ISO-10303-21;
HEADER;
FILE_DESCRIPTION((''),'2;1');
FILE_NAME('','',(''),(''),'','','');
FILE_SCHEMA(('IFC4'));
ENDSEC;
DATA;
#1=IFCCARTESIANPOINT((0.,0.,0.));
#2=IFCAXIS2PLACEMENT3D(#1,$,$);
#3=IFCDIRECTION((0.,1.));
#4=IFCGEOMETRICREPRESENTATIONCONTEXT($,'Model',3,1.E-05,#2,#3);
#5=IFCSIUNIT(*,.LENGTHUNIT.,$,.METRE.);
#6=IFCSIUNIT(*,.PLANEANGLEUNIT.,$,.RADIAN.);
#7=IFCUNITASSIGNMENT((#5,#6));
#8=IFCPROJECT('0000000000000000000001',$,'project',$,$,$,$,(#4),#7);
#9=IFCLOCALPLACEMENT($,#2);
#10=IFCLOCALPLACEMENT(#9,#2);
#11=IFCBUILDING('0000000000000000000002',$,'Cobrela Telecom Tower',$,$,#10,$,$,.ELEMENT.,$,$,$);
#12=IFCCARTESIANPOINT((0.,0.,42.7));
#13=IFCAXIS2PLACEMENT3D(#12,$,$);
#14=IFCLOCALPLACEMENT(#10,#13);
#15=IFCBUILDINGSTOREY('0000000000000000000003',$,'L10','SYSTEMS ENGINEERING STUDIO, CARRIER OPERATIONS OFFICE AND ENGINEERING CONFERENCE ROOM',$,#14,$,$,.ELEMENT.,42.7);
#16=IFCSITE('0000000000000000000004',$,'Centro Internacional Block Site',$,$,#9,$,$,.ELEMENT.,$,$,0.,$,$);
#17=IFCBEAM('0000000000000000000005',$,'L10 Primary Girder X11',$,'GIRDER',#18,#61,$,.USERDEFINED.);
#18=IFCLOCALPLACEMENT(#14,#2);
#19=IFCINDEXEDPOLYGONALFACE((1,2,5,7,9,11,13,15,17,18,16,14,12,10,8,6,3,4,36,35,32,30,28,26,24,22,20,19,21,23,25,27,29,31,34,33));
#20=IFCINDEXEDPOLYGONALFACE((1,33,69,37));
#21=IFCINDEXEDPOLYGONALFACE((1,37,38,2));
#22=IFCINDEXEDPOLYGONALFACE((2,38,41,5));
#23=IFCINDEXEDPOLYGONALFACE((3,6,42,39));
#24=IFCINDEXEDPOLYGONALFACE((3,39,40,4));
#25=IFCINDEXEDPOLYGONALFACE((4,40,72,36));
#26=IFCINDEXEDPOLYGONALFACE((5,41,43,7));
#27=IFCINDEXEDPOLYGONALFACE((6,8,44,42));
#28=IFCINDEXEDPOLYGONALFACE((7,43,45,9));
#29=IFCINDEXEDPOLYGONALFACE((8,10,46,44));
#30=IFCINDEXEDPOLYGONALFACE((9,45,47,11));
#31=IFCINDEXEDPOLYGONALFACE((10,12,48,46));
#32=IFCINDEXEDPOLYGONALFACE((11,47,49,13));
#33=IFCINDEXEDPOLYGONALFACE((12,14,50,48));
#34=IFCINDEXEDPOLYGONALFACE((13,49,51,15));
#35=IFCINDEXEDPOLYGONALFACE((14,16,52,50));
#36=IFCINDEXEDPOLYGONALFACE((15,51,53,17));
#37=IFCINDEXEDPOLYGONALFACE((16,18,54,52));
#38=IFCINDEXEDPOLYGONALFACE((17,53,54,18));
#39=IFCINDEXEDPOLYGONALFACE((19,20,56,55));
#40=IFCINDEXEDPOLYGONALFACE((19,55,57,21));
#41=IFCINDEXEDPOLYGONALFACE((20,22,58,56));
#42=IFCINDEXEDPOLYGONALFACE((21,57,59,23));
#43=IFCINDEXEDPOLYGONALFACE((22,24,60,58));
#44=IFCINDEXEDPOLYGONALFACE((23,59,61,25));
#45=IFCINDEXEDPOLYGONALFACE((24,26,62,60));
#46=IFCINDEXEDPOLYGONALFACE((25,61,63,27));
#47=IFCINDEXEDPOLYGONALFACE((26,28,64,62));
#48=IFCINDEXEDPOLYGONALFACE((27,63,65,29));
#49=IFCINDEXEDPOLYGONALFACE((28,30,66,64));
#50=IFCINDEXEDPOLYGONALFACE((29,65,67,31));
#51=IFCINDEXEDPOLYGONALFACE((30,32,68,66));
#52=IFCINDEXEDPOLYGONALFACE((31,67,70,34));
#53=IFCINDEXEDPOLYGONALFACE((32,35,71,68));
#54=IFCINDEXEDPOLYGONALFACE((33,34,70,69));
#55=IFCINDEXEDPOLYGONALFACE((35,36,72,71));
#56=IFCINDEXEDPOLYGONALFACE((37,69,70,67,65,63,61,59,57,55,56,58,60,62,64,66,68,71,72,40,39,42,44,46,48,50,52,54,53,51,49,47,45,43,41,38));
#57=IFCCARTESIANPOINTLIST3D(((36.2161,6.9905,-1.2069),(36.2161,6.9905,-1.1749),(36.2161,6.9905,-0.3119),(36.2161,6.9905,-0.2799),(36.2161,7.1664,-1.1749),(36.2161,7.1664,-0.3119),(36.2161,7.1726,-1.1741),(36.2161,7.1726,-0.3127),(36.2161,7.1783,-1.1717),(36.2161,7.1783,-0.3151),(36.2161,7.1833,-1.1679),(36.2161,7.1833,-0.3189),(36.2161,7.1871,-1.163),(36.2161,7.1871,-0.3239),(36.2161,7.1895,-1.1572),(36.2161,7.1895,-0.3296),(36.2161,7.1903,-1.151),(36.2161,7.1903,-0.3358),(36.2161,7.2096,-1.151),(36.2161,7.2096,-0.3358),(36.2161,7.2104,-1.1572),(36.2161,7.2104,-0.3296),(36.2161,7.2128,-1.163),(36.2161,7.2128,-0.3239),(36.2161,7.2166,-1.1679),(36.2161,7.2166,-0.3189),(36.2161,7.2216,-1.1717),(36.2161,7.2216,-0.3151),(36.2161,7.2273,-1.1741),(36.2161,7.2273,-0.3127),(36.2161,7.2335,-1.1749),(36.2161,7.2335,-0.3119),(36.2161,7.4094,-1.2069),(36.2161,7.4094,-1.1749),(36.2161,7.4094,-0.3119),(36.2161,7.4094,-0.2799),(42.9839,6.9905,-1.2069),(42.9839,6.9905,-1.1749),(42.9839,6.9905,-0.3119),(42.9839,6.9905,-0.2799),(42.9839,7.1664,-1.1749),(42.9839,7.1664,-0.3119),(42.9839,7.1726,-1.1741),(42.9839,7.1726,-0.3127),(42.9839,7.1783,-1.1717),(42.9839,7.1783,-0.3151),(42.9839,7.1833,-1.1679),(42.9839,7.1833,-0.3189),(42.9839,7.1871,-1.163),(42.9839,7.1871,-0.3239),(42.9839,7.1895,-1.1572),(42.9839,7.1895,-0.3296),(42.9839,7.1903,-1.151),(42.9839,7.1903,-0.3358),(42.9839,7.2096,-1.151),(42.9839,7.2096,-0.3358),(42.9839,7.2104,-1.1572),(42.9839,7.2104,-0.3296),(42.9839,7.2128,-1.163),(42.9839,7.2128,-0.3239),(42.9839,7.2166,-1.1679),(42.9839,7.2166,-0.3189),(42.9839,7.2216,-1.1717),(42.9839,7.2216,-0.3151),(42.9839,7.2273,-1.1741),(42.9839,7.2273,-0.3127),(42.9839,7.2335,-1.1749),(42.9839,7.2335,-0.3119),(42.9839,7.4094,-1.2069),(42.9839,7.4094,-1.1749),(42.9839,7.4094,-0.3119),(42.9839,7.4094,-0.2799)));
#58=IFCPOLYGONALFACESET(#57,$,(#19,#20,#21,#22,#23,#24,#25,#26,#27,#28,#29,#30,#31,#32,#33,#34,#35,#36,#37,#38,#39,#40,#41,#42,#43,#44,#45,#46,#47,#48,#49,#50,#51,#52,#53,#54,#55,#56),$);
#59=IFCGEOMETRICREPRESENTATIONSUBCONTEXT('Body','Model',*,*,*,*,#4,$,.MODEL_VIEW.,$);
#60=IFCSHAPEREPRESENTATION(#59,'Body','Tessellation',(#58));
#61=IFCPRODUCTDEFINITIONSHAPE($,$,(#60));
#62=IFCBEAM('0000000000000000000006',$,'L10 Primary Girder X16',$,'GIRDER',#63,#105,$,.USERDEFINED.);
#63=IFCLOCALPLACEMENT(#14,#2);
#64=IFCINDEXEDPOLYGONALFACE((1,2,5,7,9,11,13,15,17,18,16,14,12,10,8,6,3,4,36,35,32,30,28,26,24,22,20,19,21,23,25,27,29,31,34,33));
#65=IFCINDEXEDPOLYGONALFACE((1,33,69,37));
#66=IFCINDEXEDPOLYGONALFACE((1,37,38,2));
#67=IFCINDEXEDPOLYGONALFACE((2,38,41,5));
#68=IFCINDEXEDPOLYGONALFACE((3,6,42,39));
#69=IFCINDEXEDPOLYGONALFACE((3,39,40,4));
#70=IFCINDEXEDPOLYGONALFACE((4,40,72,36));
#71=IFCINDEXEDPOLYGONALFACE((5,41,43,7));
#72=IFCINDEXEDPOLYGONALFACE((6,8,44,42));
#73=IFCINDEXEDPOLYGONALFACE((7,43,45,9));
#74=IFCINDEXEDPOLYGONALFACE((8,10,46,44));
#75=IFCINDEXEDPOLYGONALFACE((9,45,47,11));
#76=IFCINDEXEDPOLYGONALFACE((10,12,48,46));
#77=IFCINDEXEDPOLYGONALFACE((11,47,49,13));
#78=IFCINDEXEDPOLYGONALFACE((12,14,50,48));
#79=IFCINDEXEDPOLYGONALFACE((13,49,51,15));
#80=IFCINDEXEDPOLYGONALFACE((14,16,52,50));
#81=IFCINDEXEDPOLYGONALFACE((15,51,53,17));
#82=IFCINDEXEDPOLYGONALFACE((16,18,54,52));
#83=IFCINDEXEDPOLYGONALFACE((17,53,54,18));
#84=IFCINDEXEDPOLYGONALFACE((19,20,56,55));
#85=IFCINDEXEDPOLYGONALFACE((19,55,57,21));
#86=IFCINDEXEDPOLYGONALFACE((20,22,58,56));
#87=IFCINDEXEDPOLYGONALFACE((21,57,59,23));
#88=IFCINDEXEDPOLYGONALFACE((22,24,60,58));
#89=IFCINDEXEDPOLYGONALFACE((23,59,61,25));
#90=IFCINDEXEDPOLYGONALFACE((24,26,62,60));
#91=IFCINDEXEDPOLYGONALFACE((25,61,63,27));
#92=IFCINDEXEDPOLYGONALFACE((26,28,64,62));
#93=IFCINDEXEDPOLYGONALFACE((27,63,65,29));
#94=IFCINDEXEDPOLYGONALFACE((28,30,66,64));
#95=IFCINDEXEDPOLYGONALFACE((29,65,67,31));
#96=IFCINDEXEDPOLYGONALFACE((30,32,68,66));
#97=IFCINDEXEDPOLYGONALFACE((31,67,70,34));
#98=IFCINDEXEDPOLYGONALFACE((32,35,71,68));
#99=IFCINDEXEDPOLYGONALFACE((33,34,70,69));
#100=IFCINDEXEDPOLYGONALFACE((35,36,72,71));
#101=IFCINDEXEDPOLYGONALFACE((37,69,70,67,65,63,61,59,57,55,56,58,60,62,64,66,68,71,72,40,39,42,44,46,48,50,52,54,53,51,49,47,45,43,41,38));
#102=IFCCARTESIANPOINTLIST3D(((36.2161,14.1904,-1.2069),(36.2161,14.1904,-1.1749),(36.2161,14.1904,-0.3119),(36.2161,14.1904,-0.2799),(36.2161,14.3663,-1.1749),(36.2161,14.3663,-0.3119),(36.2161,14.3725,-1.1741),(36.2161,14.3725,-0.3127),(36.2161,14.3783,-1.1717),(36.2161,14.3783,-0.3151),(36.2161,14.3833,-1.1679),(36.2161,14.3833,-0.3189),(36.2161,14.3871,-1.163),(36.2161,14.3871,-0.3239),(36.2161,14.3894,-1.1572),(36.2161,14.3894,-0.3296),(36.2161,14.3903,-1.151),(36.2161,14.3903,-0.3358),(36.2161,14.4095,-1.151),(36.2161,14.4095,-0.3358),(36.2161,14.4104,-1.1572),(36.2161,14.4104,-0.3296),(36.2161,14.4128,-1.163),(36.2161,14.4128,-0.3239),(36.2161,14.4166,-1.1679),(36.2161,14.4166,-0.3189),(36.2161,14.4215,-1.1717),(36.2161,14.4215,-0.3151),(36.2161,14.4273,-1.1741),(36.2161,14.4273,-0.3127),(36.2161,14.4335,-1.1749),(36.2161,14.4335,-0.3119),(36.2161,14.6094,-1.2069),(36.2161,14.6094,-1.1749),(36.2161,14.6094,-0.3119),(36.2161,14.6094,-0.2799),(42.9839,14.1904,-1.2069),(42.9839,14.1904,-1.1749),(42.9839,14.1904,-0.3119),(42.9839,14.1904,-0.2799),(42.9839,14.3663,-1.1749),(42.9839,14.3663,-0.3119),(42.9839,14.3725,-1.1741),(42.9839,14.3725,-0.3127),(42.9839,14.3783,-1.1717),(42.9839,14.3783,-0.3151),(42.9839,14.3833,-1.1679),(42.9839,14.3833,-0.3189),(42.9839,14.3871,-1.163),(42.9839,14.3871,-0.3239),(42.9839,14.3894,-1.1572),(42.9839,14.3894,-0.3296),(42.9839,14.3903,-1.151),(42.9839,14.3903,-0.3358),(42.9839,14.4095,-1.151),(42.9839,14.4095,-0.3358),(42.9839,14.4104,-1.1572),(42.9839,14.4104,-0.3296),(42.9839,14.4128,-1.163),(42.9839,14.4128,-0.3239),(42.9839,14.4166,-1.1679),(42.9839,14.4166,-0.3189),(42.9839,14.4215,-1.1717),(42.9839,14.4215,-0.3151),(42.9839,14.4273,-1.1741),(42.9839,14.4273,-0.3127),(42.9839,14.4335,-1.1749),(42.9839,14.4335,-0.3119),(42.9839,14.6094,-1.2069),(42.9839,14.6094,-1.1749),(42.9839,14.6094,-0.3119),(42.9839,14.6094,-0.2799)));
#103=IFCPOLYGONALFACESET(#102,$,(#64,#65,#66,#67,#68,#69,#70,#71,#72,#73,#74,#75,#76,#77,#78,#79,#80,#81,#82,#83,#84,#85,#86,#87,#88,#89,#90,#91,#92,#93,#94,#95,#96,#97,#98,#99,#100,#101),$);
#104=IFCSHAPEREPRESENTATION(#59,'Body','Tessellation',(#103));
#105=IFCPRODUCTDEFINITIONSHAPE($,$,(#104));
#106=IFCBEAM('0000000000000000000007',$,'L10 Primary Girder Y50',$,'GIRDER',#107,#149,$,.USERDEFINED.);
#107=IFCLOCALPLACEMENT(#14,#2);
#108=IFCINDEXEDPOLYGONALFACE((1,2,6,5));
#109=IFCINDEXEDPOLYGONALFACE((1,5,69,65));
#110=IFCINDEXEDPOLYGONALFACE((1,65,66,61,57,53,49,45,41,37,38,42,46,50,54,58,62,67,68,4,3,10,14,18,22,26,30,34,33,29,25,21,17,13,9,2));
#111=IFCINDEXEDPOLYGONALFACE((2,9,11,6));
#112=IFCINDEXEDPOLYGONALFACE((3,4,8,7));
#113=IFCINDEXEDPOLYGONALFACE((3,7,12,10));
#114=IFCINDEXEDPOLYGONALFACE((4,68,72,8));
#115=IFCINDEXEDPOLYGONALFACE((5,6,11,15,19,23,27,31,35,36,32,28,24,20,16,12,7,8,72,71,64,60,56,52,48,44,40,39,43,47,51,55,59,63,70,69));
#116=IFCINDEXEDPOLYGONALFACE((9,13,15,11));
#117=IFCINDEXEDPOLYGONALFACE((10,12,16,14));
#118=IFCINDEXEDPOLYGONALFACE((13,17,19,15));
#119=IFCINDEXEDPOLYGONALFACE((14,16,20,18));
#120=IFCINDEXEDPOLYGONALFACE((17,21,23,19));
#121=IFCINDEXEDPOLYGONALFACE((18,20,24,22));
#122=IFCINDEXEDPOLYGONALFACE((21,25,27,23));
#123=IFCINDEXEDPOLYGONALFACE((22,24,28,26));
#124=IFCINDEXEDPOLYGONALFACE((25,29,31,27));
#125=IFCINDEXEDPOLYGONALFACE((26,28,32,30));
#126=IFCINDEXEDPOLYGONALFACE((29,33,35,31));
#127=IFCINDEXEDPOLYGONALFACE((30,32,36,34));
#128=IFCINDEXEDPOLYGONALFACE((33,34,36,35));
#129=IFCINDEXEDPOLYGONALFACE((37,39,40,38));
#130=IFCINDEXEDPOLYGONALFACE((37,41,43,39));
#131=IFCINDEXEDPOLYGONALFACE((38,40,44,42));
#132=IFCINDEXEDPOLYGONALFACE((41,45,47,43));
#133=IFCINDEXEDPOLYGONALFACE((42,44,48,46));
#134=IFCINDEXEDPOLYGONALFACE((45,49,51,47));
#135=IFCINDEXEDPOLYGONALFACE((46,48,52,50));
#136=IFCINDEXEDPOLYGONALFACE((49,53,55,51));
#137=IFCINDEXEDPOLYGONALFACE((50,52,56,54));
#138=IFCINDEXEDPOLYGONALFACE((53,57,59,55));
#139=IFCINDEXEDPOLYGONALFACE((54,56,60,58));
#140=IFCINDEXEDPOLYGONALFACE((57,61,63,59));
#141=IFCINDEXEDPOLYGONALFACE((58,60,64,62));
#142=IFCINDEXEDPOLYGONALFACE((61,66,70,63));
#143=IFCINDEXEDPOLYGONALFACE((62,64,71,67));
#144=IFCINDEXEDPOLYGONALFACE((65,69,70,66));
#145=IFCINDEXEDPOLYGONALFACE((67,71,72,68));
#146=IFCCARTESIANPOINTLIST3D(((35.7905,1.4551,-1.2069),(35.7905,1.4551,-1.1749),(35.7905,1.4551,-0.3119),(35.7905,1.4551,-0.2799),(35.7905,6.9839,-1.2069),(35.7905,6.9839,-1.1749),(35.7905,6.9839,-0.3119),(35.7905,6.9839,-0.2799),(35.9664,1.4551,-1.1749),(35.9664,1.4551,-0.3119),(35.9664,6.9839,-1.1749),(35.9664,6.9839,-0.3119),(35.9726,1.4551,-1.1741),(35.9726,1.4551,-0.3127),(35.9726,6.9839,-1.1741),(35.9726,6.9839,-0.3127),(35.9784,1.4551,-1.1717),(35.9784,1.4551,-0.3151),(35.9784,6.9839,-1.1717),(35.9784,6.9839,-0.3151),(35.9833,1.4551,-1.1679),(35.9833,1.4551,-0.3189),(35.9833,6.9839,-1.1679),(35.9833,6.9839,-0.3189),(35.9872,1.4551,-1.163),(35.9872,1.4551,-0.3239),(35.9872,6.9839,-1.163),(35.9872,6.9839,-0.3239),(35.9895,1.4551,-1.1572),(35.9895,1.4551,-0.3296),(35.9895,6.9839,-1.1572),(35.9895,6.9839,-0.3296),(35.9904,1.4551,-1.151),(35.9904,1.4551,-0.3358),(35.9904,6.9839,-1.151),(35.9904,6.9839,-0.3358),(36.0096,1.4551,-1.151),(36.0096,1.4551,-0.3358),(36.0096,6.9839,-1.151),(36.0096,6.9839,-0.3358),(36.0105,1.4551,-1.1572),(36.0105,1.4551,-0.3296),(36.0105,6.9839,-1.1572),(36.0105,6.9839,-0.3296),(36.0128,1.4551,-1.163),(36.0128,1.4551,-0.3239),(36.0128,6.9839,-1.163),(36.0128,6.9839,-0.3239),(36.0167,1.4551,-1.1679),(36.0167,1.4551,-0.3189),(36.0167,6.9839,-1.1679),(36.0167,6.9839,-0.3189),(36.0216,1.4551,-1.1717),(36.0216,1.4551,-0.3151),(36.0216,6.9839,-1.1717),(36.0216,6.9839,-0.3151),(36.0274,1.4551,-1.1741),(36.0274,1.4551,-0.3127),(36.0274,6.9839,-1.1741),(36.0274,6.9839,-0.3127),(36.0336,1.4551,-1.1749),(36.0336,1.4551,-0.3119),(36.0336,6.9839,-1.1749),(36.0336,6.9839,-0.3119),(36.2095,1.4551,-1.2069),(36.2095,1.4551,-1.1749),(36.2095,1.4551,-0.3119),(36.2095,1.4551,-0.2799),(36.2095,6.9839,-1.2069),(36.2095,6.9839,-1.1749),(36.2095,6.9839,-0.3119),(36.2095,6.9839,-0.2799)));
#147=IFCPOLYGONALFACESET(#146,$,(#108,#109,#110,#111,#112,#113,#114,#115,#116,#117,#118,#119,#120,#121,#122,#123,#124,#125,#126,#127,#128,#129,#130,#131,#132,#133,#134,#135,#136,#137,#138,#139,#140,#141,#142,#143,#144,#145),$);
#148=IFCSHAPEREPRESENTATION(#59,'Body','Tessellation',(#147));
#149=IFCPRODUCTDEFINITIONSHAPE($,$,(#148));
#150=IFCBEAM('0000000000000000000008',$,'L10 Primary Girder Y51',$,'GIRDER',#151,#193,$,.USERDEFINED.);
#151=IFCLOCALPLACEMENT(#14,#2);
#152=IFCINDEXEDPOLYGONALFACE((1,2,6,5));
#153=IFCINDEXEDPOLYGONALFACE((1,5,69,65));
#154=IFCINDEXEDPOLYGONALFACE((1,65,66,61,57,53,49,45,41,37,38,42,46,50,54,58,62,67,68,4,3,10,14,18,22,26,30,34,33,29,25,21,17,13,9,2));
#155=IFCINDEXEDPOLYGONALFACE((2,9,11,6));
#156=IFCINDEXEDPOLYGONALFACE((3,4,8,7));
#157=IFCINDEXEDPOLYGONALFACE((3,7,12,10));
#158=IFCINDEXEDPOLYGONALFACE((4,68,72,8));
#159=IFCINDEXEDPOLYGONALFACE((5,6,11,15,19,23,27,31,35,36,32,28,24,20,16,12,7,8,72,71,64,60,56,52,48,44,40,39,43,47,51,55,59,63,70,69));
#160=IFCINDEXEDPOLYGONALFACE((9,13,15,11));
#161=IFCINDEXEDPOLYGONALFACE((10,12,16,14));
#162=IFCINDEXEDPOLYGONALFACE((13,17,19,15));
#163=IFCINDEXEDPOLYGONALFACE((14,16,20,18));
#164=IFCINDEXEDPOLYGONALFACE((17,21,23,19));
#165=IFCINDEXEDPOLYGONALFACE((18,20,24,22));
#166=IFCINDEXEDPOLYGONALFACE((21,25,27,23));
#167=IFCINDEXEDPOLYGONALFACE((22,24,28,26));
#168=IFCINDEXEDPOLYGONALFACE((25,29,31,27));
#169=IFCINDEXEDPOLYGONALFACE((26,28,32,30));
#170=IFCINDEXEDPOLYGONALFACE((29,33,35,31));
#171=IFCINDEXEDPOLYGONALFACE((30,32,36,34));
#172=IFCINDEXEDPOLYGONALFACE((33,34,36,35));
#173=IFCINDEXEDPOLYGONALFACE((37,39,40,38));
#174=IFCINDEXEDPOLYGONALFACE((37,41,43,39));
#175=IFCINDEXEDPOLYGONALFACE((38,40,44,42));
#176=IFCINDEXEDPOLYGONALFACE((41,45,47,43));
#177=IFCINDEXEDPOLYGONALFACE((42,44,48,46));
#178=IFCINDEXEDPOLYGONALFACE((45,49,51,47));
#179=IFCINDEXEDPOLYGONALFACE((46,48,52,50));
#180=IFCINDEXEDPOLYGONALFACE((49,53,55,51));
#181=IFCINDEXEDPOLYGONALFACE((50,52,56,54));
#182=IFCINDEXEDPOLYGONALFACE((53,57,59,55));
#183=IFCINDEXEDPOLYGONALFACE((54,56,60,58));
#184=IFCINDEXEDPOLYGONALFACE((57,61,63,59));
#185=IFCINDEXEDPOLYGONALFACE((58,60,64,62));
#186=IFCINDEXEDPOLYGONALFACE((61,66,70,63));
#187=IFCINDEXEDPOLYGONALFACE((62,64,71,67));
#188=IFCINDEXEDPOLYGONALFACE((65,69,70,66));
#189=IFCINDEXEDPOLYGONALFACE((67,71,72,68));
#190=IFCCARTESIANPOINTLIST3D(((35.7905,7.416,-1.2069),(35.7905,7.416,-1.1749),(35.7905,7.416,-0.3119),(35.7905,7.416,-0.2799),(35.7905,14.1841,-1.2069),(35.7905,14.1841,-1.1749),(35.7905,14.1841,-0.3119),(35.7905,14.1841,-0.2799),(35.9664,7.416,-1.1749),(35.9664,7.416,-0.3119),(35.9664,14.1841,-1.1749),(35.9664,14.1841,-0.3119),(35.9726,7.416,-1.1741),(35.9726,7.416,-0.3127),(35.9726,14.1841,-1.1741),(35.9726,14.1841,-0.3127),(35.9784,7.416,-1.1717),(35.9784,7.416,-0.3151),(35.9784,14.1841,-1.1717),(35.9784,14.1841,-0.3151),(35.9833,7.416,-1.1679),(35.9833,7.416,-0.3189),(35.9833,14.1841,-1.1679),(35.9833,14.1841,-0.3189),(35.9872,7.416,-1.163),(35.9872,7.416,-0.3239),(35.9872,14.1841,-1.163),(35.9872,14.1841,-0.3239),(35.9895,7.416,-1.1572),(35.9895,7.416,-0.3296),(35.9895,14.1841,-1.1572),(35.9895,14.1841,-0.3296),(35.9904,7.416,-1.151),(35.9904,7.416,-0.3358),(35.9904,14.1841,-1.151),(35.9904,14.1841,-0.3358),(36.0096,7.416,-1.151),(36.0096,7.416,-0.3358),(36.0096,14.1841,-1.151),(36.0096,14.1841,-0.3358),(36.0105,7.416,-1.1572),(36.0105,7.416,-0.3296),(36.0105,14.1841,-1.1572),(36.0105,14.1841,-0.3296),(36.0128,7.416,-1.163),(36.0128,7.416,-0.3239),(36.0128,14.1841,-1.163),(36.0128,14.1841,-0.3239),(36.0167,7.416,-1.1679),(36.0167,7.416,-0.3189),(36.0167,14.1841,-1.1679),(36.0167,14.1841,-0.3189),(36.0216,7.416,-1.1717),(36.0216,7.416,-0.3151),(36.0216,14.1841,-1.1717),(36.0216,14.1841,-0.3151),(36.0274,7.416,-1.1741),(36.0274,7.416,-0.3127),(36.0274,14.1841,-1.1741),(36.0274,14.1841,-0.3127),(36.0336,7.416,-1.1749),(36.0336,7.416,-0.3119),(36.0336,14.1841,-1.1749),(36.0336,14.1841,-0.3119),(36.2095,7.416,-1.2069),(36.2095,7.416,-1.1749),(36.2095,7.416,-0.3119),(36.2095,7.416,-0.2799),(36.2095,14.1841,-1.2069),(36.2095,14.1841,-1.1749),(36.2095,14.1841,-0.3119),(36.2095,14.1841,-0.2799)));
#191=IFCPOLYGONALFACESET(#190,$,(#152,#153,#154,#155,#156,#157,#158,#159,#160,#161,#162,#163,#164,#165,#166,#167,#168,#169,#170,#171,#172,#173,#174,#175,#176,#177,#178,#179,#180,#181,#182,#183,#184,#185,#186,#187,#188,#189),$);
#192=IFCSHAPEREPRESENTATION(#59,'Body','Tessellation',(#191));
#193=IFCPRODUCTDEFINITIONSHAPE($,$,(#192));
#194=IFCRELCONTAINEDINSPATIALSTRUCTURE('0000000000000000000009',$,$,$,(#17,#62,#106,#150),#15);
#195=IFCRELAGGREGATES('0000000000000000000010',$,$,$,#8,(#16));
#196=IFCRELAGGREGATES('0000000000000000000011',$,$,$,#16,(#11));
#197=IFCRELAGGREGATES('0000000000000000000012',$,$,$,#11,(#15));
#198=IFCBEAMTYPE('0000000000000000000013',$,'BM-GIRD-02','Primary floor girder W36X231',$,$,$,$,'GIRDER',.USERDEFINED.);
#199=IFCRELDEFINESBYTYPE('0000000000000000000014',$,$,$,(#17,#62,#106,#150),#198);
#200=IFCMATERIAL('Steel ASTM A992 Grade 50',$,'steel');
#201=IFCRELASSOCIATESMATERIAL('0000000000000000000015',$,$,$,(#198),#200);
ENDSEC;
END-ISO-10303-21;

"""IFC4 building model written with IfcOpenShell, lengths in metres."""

from ifc_helpers import new_model, si_unit, direction, frame, origin, origin_2d, place, context, subcontext, project, spatial, i_section, extrude, material, material_profile, profile_set, type_object, element, save


model = new_model("IFC4")

# Units and contexts
model_context = context("Model", 3, precision=1e-05, world=origin(), true_north=direction((0.0, 1.0)))
body_context = subcontext(model_context, "Body", "Model", "MODEL_VIEW")
ifc_project = project(units=[si_unit("LENGTHUNIT", "METRE"), si_unit("PLANEANGLEUNIT", "RADIAN")], contexts=[model_context])

# Site, building, storey
site_placement = place(None, origin())
site = spatial("IfcSite", under=ifc_project, at=site_placement, Name="Centro Internacional Block Site", CompositionType="ELEMENT", RefElevation=0.0)
building_placement = place(site_placement, origin())
building = spatial("IfcBuilding", under=site, at=building_placement, Name="Cobrela Telecom Tower", CompositionType="ELEMENT")
storey_placement = place(building_placement, frame((0.0, 0.0, 42.7)))
storey = spatial("IfcBuildingStorey", under=building, at=storey_placement, Name="L10", Description="SYSTEMS ENGINEERING STUDIO, CARRIER OPERATIONS OFFICE AND ENGINEERING CONFERENCE ROOM", CompositionType="ELEMENT", Elevation=42.7)

# Shared definitions
ifc_material_1 = material(Name="Steel ASTM A992 Grade 50", Category="steel")

# Beams
ifc_material_profile_1 = material_profile(ifc_material_1, i_section(OverallWidth=0.4189, OverallDepth=0.927, WebThickness=0.0193, FlangeThickness=0.032, FilletRadius=0.0239, at=origin_2d()), Name="W36X231")
ifc_profile_set_1 = profile_set([ifc_material_profile_1], Name="Steel ASTM A992 Grade 50")
beam_type_1 = type_object("IfcBeamType", Name="BM-GIRD-02", Description="Primary floor girder W36X231", ElementType="GIRDER", PredefinedType="USERDEFINED", material=ifc_profile_set_1)
for number, where, z_axis, x_axis, name in (
    (1, (36.2161, 7.2, -0.7434), (1.0, 0.0, 0.0), (0.0, 1.0, 0.0), "L10 Primary Girder X11"),
    (2, (36.2161, 14.3999, -0.7434), (1.0, 0.0, 0.0), (0.0, 1.0, 0.0), "L10 Primary Girder X16"),
):
    element("IfcBeam", number, at=place(storey_placement, frame(where, z_axis=z_axis, x_axis=x_axis)), inside=storey, type_object=beam_type_1, Name=name, ObjectType="GIRDER", PredefinedType="USERDEFINED", context=body_context, shape_type="SweptSolid", body=[
        extrude(i_section(OverallWidth=0.4189, OverallDepth=0.927, WebThickness=0.0193, FlangeThickness=0.032, FilletRadius=0.0239, at=origin_2d()), origin(), (0.0, 0.0, 1.0), 6.7678),
    ])
beam_1_placement = place(storey_placement, frame((36.0, 1.4551, -0.7434), z_axis=(0.0, 1.0, 0.0), x_axis=(-1.0, 0.0, 0.0)))
element("IfcBeam", 3, at=beam_1_placement, inside=storey, type_object=beam_type_1, Name="L10 Primary Girder Y50", ObjectType="GIRDER", PredefinedType="USERDEFINED", context=body_context, shape_type="SweptSolid", body=[
    extrude(i_section(OverallWidth=0.4189, OverallDepth=0.927, WebThickness=0.0193, FlangeThickness=0.032, FilletRadius=0.0239, at=origin_2d()), origin(), (0.0, 0.0, 1.0), 5.5288),
])
beam_2_placement = place(storey_placement, frame((36.0, 7.416, -0.7434), z_axis=(0.0, 1.0, 0.0), x_axis=(-1.0, 0.0, 0.0)))
element("IfcBeam", 4, at=beam_2_placement, inside=storey, type_object=beam_type_1, Name="L10 Primary Girder Y51", ObjectType="GIRDER", PredefinedType="USERDEFINED", context=body_context, shape_type="SweptSolid", body=[
    extrude(i_section(OverallWidth=0.4189, OverallDepth=0.927, WebThickness=0.0193, FlangeThickness=0.032, FilletRadius=0.0239, at=origin_2d()), origin(), (0.0, 0.0, 1.0), 6.7681),
])

save(model, "model.ifc")
